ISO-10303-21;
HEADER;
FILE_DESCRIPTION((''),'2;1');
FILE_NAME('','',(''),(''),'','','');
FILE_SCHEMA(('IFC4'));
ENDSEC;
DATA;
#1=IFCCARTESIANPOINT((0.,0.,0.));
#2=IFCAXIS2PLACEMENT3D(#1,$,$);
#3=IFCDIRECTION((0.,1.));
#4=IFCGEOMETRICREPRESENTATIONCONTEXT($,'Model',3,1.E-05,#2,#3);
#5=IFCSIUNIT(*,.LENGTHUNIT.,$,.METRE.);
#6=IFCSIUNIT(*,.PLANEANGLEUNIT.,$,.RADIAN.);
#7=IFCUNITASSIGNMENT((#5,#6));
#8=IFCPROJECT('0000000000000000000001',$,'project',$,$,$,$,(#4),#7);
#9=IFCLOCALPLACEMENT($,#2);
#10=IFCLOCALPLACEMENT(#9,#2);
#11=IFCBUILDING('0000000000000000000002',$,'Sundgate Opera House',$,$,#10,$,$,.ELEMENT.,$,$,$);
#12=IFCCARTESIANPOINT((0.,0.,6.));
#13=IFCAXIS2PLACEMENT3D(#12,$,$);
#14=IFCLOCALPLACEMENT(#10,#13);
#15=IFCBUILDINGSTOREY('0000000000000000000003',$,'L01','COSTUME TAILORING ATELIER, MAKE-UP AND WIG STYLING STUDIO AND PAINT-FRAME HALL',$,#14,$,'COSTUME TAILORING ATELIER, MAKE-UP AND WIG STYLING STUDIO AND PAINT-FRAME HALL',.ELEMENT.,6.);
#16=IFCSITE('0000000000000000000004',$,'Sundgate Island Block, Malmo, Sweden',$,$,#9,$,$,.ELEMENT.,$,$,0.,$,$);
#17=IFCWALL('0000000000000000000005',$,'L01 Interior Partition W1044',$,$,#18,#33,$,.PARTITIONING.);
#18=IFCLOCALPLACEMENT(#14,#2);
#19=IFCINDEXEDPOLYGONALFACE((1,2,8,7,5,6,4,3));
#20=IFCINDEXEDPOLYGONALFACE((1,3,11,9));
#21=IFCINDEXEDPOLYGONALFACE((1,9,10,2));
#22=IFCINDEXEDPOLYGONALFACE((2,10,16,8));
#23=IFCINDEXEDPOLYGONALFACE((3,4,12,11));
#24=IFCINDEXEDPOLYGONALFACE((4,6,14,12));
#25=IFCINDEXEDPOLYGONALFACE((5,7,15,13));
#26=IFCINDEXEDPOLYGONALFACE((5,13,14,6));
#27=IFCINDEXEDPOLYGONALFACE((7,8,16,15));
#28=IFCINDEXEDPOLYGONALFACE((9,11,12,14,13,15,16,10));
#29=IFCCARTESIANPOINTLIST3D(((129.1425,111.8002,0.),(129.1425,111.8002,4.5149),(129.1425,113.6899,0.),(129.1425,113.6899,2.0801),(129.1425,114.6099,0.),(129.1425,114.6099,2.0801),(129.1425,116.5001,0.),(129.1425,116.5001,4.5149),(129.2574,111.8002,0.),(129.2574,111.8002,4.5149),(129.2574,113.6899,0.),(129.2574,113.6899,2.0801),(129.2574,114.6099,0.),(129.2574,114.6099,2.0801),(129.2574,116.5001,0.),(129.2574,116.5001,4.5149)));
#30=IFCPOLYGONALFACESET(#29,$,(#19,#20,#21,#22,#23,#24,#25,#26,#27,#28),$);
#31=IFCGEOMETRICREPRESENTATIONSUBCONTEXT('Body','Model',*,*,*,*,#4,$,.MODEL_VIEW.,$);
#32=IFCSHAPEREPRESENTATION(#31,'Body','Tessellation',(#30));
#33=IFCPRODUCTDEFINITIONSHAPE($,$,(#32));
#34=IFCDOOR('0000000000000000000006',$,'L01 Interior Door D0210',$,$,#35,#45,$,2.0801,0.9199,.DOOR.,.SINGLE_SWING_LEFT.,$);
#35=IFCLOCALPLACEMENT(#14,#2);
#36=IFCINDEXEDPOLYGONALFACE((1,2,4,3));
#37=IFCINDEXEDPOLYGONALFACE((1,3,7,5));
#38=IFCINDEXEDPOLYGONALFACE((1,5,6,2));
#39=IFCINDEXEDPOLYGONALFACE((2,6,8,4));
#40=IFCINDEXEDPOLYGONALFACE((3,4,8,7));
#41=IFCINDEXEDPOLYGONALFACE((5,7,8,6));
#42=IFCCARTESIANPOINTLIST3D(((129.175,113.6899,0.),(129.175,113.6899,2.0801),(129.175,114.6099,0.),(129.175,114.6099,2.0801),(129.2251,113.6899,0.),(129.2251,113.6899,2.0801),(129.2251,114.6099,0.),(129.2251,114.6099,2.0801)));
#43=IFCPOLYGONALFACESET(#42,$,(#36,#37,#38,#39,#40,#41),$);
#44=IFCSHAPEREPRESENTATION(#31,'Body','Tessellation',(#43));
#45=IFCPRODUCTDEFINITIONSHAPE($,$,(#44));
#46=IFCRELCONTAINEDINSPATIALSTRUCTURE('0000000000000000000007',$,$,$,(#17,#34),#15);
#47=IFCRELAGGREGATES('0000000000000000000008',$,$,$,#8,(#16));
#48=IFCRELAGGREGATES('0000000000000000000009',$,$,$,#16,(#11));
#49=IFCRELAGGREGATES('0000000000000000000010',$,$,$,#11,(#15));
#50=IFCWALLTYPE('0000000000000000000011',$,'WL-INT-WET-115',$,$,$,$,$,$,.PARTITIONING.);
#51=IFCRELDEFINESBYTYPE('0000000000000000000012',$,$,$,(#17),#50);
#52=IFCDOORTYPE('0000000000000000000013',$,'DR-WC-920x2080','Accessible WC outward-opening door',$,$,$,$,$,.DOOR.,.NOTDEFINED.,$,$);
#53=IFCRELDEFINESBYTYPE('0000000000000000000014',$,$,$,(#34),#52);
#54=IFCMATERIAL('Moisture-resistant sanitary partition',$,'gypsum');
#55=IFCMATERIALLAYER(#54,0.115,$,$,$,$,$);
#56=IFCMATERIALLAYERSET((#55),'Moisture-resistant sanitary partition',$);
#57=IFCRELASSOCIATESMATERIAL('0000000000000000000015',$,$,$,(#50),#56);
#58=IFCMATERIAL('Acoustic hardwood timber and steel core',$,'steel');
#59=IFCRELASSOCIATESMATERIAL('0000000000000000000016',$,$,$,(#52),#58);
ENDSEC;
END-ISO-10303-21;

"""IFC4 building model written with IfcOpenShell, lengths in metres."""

from ifc_helpers import new_model, si_unit, direction, frame, frame_2d, origin, place, context, subcontext, project, spatial, rectangle, extrude, material, layer, layer_set, type_object, element, fill, save


model = new_model("IFC4")

# Units and contexts
model_context = context("Model", 3, precision=1e-05, world=origin(), true_north=direction((0.0, 1.0)))
body_context = subcontext(model_context, "Body", "Model", "MODEL_VIEW")
ifc_project = project(units=[si_unit("LENGTHUNIT", "METRE"), si_unit("PLANEANGLEUNIT", "RADIAN")], contexts=[model_context])

# Site, building, storey
site_placement = place(None, origin())
site = spatial("IfcSite", under=ifc_project, at=site_placement, Name="Sundgate Island Block, Malmo, Sweden", CompositionType="ELEMENT", RefElevation=0.0)
building_placement = place(site_placement, origin())
building = spatial("IfcBuilding", under=site, at=building_placement, Name="Sundgate Opera House", CompositionType="ELEMENT")
storey_placement = place(building_placement, frame((0.0, 0.0, 6.0)))
storey = spatial("IfcBuildingStorey", under=building, at=storey_placement, Name="L01", Description="COSTUME TAILORING ATELIER, MAKE-UP AND WIG STYLING STUDIO AND PAINT-FRAME HALL", LongName="COSTUME TAILORING ATELIER, MAKE-UP AND WIG STYLING STUDIO AND PAINT-FRAME HALL", CompositionType="ELEMENT", Elevation=6.0)

# Shared definitions
ifc_material_1 = material(Name="Moisture-resistant sanitary partition", Category="gypsum")
ifc_layer_1 = layer(ifc_material_1, 0.115)
ifc_layer_set_1 = layer_set([ifc_layer_1], Name="Moisture-resistant sanitary partition")
wall_type_1 = type_object("IfcWallType", Name="WL-INT-WET-115", PredefinedType="PARTITIONING", material=ifc_layer_set_1)

# Wall, opening, door
wall_1_placement = place(storey_placement, frame((129.2, 111.8, 0.0), z_axis=(0.0, 0.0, 1.0), x_axis=(0.0, 1.0, 0.0)))
wall_1 = element("IfcWall", 1, at=wall_1_placement, inside=storey, type_object=wall_type_1, Name="L01 Interior Partition W1044", PredefinedType="PARTITIONING", context=body_context, shape_type="SweptSolid", body=[
    extrude(rectangle(XDim=4.7, YDim=0.115, at=frame_2d((2.3501, 0.0))), origin(), (0.0, 0.0, 1.0), 4.5149),
])
opening_placement = place(wall_1_placement, frame((1.8899, 0.0, 0.0)))
opening = element("IfcOpeningElement", 2, at=opening_placement, cuts=wall_1, PredefinedType="OPENING", context=body_context, shape_type="SweptSolid", body=[
    extrude(rectangle(XDim=0.9199, YDim=2.0801, at=frame_2d((0.46, 1.04))), frame((0.0, 0.0674, 0.0), z_axis=(0.0, -1.0, 0.0), x_axis=(1.0, 0.0, 0.0)), (0.0, 0.0, 1.0), 0.135),
])
ifc_material_2 = material(Name="Acoustic hardwood timber and steel core", Category="steel")
door_type = type_object("IfcDoorType", Name="DR-WC-920x2080", Description="Accessible WC outward-opening door", OperationType="NOTDEFINED", PredefinedType="DOOR", material=ifc_material_2)
door_placement = place(opening_placement, origin())
door = element("IfcDoor", 3, at=door_placement, inside=storey, type_object=door_type, Name="L01 Interior Door D0210", OperationType="SINGLE_SWING_LEFT", OverallHeight=2.0801, OverallWidth=0.9199, PredefinedType="DOOR", context=body_context, shape_type="SweptSolid", body=[
    extrude(rectangle(XDim=0.9199, YDim=2.0801, at=frame_2d((0.46, 1.04))), frame((0.0, 0.0249, 0.0), z_axis=(0.0, -1.0, 0.0), x_axis=(1.0, 0.0, 0.0)), (0.0, 0.0, 1.0), 0.05),
])
fill(opening, door)

save(model, "model.ifc")
